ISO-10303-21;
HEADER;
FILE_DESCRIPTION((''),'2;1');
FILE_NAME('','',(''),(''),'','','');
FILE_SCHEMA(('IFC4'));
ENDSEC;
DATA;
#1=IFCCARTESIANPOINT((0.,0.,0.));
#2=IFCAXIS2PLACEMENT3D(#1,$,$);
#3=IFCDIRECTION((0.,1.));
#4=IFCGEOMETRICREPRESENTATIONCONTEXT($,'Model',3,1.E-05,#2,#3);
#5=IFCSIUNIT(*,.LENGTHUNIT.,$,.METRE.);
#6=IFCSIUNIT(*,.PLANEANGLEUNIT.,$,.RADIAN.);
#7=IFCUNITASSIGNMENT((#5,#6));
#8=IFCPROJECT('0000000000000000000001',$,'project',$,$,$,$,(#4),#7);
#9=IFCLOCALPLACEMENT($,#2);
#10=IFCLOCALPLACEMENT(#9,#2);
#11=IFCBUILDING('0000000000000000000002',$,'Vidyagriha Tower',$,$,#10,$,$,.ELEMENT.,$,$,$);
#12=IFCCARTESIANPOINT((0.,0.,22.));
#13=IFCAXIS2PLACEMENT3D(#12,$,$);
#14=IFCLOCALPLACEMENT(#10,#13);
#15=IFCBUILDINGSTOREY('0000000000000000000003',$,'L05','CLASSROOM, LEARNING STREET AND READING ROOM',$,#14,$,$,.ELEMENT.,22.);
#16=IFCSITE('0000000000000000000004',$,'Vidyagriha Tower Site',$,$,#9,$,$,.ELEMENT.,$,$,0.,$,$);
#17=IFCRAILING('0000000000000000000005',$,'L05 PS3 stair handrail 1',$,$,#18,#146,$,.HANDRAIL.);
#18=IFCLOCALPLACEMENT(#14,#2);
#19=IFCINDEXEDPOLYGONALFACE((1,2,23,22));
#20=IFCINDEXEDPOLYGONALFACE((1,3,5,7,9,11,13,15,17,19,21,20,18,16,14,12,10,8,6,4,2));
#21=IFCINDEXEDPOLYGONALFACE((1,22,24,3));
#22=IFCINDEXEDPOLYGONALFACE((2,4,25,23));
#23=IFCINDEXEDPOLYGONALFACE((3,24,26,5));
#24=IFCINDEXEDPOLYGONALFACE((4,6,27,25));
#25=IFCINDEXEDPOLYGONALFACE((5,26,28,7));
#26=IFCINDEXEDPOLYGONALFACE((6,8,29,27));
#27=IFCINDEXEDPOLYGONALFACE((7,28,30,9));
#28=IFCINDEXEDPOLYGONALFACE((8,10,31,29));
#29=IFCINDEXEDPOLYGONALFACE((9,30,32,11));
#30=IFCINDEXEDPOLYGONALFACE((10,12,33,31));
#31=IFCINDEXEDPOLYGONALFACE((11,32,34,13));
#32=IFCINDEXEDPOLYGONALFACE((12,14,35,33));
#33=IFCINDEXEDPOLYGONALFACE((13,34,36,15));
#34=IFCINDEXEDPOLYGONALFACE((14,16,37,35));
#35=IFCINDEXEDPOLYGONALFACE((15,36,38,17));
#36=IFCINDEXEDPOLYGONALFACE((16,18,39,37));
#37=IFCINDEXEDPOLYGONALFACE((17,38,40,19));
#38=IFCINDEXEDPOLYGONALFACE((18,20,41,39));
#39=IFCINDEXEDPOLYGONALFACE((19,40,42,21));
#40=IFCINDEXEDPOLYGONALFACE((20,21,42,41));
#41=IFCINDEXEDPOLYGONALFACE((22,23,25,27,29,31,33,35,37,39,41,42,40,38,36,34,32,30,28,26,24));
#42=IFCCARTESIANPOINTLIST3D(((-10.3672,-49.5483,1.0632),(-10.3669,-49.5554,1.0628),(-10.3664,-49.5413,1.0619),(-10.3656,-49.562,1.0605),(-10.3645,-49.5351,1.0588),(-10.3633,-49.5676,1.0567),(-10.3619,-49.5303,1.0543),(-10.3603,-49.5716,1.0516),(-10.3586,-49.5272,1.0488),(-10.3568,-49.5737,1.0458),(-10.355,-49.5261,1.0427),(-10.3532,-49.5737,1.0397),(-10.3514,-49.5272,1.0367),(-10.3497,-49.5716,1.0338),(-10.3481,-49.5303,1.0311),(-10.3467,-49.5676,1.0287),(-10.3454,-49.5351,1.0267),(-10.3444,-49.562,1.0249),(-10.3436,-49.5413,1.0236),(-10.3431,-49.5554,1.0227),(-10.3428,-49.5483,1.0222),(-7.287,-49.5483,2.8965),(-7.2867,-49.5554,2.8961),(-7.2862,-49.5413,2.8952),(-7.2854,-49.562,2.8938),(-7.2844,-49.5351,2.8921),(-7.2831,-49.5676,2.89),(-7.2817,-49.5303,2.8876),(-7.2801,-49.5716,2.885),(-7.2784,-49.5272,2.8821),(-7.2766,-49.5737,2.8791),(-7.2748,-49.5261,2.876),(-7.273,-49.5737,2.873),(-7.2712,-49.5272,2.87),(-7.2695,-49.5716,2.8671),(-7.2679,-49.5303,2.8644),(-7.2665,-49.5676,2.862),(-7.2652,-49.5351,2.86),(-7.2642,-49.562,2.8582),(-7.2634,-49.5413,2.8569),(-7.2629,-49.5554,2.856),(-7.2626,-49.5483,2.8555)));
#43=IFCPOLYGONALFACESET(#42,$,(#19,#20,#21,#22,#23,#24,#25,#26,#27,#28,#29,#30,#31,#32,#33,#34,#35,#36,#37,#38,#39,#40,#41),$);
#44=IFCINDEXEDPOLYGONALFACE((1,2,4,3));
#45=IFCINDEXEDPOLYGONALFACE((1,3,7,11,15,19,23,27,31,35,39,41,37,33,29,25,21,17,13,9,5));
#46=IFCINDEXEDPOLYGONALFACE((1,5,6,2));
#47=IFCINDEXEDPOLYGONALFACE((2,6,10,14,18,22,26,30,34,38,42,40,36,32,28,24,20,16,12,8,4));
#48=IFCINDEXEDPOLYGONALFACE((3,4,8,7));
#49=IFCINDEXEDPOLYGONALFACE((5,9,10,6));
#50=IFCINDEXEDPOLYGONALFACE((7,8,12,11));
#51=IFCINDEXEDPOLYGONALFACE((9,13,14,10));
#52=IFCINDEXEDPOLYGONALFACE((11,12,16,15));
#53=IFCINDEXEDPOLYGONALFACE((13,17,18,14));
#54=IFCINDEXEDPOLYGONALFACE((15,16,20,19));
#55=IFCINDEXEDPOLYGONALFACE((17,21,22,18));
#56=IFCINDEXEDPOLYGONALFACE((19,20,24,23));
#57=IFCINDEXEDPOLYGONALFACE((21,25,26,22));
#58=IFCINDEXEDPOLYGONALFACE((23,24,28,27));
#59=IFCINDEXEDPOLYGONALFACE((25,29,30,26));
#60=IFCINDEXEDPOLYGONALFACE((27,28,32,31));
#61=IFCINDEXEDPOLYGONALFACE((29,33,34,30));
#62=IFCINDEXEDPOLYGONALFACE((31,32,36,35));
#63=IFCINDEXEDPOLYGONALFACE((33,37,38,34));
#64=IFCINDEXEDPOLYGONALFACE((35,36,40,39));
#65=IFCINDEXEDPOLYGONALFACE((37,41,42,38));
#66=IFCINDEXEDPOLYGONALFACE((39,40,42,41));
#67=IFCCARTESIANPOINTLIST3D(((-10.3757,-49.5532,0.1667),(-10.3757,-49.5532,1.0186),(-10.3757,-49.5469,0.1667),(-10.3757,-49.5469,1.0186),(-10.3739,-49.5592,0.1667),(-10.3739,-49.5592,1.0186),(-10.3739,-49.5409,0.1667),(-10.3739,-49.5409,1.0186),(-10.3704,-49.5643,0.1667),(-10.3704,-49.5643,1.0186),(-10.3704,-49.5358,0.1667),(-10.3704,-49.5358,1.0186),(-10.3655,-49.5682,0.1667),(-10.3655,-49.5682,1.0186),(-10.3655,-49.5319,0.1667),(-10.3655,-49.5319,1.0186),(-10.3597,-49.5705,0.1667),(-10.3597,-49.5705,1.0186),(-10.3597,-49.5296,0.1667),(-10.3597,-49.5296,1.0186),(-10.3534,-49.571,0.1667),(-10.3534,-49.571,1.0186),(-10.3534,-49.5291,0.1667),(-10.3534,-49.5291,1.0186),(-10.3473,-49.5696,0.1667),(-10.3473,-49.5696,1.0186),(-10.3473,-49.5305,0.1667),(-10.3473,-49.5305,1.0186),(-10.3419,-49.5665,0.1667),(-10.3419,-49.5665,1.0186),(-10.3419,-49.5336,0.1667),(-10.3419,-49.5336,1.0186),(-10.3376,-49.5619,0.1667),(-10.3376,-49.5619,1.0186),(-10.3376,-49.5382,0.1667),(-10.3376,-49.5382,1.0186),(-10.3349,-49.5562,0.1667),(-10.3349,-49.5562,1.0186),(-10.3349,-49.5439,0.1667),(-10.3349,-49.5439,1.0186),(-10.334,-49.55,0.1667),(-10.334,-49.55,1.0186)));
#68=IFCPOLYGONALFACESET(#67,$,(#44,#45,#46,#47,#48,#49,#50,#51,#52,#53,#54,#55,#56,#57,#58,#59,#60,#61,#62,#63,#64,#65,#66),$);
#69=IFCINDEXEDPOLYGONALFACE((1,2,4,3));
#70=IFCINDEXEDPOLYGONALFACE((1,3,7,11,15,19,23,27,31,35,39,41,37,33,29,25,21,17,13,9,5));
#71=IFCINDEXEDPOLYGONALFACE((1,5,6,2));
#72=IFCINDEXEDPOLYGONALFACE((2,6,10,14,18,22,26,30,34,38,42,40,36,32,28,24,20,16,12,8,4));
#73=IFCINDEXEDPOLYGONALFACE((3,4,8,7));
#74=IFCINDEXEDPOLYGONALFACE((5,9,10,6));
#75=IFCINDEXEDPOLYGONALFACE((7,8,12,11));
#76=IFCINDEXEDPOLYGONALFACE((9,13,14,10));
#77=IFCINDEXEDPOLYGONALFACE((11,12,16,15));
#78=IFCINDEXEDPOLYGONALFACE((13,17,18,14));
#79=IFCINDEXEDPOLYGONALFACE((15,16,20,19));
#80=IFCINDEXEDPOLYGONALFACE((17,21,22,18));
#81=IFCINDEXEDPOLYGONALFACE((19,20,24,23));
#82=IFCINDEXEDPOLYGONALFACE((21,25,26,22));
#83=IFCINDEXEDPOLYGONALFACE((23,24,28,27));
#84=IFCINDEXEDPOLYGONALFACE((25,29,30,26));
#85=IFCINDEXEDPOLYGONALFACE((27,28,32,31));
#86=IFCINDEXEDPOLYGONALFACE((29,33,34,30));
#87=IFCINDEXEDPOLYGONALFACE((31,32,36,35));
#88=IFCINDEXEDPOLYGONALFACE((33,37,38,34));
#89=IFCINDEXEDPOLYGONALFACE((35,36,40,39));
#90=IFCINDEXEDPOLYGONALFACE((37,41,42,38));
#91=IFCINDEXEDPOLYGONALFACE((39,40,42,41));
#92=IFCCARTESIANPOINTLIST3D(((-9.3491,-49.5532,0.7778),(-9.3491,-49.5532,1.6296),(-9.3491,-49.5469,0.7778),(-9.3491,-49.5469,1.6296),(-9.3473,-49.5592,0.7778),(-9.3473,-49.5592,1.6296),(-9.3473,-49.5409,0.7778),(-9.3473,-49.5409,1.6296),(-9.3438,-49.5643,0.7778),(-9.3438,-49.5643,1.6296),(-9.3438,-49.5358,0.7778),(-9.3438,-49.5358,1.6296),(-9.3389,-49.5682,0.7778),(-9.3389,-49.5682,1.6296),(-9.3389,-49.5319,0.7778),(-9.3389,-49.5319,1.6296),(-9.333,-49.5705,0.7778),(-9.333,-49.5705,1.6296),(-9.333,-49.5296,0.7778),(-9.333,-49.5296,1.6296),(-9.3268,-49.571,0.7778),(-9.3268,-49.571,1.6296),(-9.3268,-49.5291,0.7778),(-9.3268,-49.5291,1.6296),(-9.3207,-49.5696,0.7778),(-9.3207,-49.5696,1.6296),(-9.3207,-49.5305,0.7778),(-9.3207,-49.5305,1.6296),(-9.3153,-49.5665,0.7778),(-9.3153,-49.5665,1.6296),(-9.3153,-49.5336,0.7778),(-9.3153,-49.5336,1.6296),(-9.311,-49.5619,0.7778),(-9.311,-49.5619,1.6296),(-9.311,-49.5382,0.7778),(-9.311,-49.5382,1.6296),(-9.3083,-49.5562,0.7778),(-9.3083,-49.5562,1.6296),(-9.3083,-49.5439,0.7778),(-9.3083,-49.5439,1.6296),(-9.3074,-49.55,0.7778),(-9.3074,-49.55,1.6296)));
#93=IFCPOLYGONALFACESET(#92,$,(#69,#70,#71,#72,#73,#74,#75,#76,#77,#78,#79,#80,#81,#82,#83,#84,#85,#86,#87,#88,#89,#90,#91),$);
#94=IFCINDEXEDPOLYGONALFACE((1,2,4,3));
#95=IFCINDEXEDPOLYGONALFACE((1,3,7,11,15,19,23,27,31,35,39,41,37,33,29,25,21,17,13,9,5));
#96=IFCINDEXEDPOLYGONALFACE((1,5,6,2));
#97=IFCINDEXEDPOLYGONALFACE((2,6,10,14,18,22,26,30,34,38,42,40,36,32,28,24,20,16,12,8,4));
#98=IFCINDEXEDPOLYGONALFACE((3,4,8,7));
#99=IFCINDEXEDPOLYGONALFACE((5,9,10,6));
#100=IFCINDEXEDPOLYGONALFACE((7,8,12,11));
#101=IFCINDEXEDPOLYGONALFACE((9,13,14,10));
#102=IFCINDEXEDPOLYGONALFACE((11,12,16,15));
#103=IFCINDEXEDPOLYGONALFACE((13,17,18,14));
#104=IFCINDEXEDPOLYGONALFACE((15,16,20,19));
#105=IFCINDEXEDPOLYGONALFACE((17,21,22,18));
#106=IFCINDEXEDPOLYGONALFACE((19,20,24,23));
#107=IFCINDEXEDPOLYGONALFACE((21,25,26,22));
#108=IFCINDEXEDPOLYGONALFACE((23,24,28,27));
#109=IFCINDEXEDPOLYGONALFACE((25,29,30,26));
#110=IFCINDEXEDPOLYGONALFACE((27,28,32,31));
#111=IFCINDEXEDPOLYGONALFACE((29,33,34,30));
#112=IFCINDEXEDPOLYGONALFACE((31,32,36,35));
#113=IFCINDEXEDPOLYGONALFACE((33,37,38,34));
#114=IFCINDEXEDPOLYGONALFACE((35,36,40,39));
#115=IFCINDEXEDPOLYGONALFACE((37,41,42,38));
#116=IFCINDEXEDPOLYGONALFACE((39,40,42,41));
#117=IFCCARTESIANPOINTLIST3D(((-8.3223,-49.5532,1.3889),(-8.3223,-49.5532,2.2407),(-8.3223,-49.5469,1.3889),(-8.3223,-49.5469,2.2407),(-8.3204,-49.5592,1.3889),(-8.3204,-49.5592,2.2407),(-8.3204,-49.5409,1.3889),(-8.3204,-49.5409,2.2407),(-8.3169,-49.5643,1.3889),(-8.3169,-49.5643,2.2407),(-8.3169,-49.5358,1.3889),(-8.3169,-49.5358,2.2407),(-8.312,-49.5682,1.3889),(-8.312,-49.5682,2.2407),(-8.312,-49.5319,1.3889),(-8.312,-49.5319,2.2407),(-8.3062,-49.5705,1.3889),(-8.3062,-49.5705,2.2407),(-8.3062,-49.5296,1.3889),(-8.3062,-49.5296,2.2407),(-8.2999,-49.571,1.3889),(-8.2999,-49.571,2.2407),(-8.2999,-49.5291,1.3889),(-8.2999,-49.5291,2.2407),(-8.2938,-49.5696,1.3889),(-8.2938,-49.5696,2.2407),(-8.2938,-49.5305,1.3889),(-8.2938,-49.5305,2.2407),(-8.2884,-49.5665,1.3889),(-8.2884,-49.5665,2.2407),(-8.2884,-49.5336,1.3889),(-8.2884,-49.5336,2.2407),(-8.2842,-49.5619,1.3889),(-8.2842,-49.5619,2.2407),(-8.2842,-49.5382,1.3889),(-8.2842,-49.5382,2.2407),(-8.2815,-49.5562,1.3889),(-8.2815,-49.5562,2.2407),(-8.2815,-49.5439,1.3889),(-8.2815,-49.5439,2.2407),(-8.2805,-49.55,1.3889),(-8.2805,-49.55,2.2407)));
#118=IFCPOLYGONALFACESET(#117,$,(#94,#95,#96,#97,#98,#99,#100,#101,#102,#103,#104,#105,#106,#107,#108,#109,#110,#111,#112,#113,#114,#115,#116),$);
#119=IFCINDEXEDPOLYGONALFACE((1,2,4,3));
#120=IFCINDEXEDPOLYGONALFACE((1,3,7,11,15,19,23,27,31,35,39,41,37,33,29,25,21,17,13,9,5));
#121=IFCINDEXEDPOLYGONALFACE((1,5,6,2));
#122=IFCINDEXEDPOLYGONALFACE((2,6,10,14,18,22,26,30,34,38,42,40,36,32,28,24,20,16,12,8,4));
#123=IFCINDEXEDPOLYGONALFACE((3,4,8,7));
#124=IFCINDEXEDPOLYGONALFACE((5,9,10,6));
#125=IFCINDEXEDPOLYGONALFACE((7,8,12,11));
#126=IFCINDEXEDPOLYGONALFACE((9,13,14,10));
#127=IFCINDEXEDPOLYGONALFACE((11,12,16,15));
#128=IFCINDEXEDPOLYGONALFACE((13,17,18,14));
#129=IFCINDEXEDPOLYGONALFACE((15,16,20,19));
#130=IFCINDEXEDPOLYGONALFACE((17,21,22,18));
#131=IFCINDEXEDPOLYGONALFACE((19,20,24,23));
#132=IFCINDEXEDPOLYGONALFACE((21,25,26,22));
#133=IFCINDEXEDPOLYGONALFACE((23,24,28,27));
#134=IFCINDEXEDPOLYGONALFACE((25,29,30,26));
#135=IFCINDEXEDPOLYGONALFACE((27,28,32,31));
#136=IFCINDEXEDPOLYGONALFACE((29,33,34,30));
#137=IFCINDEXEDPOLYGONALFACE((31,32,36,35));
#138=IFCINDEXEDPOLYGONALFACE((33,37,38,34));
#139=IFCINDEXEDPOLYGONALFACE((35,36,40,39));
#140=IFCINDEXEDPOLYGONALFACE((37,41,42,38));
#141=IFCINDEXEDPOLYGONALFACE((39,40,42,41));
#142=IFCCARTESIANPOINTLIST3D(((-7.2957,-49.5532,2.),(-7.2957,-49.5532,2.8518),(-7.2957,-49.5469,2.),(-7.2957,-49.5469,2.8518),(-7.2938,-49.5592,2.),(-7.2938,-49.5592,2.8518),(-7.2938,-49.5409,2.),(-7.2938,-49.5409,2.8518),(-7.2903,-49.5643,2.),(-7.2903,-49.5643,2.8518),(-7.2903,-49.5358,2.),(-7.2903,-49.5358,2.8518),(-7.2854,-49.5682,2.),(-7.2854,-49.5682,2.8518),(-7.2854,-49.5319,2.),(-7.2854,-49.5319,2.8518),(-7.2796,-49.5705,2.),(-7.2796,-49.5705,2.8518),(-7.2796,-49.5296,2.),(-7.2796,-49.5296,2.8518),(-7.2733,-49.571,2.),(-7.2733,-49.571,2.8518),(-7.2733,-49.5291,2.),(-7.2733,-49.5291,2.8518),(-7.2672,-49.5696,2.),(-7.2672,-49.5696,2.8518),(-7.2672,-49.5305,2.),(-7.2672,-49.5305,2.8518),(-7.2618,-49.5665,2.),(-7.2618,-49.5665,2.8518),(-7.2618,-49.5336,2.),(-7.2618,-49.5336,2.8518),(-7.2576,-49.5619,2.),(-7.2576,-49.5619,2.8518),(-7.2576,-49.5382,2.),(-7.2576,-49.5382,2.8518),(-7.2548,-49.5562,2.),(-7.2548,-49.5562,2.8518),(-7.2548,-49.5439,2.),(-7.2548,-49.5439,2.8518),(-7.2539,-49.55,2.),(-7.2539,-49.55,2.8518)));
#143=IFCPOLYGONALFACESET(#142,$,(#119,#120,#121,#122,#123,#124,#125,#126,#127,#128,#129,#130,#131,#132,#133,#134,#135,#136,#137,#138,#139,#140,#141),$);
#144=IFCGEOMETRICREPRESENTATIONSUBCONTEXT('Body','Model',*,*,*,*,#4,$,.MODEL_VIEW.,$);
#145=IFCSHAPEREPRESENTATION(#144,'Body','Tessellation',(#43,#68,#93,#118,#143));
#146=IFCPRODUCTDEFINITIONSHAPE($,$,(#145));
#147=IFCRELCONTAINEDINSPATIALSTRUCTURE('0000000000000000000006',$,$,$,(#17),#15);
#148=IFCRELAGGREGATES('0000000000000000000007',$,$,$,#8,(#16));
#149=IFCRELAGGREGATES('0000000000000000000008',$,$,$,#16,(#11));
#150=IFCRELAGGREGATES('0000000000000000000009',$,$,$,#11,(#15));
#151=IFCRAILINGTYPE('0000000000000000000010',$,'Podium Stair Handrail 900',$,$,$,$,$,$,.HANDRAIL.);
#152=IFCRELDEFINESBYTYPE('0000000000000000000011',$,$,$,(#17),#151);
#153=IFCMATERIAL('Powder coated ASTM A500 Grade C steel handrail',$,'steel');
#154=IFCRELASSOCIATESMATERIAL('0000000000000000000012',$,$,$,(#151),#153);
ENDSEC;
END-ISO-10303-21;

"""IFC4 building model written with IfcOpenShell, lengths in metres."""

from ifc_helpers import new_model, si_unit, direction, frame, origin, origin_2d, place, context, subcontext, project, spatial, circle, extrude, material, type_object, element, save


model = new_model("IFC4")

# Units and contexts
model_context = context("Model", 3, precision=1e-05, world=origin(), true_north=direction((0.0, 1.0)))
body_context = subcontext(model_context, "Body", "Model", "MODEL_VIEW")
ifc_project = project(units=[si_unit("LENGTHUNIT", "METRE"), si_unit("PLANEANGLEUNIT", "RADIAN")], contexts=[model_context])

# Site, building, storey
site_placement = place(None, origin())
site = spatial("IfcSite", under=ifc_project, at=site_placement, Name="Vidyagriha Tower Site", CompositionType="ELEMENT", RefElevation=0.0)
building_placement = place(site_placement, origin())
building = spatial("IfcBuilding", under=site, at=building_placement, Name="Vidyagriha Tower", CompositionType="ELEMENT")
storey_placement = place(building_placement, frame((0.0, 0.0, 22.0)))
storey = spatial("IfcBuildingStorey", under=building, at=storey_placement, Name="L05", Description="CLASSROOM, LEARNING STREET AND READING ROOM", CompositionType="ELEMENT", Elevation=22.0)

# Railing
ifc_material_1 = material(Name="Powder coated ASTM A500 Grade C steel handrail", Category="steel")
railing_type_1 = type_object("IfcRailingType", Name="Podium Stair Handrail 900", PredefinedType="HANDRAIL", material=ifc_material_1)
railing_1_placement = place(storey_placement, frame((-10.355, -49.55, 0.1667)))
element("IfcRailing", 1, at=railing_1_placement, inside=storey, type_object=railing_type_1, Name="L05 PS3 stair handrail 1", PredefinedType="HANDRAIL", context=body_context, shape_type="SweptSolid", body=[
    extrude(circle(Radius=0.0239, at=origin_2d()), frame((0.0, 0.0, 0.876), z_axis=(0.859309, 0.0, 0.511458), x_axis=(0.0, 1.0, 0.0)), (0.0, 0.0, 1.0), 3.5845),
    extrude(circle(Radius=0.021, at=origin_2d()), origin(), (0.0, 0.0, 1.0), 0.8518),
    extrude(circle(Radius=0.021, at=origin_2d()), frame((1.0266, 0.0, 0.6111)), (0.0, 0.0, 1.0), 0.8518),
    extrude(circle(Radius=0.021, at=origin_2d()), frame((2.0535, 0.0, 1.2222)), (0.0, 0.0, 1.0), 0.8518),
    extrude(circle(Radius=0.021, at=origin_2d()), frame((3.0801, 0.0, 1.8333)), (0.0, 0.0, 1.0), 0.8518),
])

save(model, "model.ifc")
